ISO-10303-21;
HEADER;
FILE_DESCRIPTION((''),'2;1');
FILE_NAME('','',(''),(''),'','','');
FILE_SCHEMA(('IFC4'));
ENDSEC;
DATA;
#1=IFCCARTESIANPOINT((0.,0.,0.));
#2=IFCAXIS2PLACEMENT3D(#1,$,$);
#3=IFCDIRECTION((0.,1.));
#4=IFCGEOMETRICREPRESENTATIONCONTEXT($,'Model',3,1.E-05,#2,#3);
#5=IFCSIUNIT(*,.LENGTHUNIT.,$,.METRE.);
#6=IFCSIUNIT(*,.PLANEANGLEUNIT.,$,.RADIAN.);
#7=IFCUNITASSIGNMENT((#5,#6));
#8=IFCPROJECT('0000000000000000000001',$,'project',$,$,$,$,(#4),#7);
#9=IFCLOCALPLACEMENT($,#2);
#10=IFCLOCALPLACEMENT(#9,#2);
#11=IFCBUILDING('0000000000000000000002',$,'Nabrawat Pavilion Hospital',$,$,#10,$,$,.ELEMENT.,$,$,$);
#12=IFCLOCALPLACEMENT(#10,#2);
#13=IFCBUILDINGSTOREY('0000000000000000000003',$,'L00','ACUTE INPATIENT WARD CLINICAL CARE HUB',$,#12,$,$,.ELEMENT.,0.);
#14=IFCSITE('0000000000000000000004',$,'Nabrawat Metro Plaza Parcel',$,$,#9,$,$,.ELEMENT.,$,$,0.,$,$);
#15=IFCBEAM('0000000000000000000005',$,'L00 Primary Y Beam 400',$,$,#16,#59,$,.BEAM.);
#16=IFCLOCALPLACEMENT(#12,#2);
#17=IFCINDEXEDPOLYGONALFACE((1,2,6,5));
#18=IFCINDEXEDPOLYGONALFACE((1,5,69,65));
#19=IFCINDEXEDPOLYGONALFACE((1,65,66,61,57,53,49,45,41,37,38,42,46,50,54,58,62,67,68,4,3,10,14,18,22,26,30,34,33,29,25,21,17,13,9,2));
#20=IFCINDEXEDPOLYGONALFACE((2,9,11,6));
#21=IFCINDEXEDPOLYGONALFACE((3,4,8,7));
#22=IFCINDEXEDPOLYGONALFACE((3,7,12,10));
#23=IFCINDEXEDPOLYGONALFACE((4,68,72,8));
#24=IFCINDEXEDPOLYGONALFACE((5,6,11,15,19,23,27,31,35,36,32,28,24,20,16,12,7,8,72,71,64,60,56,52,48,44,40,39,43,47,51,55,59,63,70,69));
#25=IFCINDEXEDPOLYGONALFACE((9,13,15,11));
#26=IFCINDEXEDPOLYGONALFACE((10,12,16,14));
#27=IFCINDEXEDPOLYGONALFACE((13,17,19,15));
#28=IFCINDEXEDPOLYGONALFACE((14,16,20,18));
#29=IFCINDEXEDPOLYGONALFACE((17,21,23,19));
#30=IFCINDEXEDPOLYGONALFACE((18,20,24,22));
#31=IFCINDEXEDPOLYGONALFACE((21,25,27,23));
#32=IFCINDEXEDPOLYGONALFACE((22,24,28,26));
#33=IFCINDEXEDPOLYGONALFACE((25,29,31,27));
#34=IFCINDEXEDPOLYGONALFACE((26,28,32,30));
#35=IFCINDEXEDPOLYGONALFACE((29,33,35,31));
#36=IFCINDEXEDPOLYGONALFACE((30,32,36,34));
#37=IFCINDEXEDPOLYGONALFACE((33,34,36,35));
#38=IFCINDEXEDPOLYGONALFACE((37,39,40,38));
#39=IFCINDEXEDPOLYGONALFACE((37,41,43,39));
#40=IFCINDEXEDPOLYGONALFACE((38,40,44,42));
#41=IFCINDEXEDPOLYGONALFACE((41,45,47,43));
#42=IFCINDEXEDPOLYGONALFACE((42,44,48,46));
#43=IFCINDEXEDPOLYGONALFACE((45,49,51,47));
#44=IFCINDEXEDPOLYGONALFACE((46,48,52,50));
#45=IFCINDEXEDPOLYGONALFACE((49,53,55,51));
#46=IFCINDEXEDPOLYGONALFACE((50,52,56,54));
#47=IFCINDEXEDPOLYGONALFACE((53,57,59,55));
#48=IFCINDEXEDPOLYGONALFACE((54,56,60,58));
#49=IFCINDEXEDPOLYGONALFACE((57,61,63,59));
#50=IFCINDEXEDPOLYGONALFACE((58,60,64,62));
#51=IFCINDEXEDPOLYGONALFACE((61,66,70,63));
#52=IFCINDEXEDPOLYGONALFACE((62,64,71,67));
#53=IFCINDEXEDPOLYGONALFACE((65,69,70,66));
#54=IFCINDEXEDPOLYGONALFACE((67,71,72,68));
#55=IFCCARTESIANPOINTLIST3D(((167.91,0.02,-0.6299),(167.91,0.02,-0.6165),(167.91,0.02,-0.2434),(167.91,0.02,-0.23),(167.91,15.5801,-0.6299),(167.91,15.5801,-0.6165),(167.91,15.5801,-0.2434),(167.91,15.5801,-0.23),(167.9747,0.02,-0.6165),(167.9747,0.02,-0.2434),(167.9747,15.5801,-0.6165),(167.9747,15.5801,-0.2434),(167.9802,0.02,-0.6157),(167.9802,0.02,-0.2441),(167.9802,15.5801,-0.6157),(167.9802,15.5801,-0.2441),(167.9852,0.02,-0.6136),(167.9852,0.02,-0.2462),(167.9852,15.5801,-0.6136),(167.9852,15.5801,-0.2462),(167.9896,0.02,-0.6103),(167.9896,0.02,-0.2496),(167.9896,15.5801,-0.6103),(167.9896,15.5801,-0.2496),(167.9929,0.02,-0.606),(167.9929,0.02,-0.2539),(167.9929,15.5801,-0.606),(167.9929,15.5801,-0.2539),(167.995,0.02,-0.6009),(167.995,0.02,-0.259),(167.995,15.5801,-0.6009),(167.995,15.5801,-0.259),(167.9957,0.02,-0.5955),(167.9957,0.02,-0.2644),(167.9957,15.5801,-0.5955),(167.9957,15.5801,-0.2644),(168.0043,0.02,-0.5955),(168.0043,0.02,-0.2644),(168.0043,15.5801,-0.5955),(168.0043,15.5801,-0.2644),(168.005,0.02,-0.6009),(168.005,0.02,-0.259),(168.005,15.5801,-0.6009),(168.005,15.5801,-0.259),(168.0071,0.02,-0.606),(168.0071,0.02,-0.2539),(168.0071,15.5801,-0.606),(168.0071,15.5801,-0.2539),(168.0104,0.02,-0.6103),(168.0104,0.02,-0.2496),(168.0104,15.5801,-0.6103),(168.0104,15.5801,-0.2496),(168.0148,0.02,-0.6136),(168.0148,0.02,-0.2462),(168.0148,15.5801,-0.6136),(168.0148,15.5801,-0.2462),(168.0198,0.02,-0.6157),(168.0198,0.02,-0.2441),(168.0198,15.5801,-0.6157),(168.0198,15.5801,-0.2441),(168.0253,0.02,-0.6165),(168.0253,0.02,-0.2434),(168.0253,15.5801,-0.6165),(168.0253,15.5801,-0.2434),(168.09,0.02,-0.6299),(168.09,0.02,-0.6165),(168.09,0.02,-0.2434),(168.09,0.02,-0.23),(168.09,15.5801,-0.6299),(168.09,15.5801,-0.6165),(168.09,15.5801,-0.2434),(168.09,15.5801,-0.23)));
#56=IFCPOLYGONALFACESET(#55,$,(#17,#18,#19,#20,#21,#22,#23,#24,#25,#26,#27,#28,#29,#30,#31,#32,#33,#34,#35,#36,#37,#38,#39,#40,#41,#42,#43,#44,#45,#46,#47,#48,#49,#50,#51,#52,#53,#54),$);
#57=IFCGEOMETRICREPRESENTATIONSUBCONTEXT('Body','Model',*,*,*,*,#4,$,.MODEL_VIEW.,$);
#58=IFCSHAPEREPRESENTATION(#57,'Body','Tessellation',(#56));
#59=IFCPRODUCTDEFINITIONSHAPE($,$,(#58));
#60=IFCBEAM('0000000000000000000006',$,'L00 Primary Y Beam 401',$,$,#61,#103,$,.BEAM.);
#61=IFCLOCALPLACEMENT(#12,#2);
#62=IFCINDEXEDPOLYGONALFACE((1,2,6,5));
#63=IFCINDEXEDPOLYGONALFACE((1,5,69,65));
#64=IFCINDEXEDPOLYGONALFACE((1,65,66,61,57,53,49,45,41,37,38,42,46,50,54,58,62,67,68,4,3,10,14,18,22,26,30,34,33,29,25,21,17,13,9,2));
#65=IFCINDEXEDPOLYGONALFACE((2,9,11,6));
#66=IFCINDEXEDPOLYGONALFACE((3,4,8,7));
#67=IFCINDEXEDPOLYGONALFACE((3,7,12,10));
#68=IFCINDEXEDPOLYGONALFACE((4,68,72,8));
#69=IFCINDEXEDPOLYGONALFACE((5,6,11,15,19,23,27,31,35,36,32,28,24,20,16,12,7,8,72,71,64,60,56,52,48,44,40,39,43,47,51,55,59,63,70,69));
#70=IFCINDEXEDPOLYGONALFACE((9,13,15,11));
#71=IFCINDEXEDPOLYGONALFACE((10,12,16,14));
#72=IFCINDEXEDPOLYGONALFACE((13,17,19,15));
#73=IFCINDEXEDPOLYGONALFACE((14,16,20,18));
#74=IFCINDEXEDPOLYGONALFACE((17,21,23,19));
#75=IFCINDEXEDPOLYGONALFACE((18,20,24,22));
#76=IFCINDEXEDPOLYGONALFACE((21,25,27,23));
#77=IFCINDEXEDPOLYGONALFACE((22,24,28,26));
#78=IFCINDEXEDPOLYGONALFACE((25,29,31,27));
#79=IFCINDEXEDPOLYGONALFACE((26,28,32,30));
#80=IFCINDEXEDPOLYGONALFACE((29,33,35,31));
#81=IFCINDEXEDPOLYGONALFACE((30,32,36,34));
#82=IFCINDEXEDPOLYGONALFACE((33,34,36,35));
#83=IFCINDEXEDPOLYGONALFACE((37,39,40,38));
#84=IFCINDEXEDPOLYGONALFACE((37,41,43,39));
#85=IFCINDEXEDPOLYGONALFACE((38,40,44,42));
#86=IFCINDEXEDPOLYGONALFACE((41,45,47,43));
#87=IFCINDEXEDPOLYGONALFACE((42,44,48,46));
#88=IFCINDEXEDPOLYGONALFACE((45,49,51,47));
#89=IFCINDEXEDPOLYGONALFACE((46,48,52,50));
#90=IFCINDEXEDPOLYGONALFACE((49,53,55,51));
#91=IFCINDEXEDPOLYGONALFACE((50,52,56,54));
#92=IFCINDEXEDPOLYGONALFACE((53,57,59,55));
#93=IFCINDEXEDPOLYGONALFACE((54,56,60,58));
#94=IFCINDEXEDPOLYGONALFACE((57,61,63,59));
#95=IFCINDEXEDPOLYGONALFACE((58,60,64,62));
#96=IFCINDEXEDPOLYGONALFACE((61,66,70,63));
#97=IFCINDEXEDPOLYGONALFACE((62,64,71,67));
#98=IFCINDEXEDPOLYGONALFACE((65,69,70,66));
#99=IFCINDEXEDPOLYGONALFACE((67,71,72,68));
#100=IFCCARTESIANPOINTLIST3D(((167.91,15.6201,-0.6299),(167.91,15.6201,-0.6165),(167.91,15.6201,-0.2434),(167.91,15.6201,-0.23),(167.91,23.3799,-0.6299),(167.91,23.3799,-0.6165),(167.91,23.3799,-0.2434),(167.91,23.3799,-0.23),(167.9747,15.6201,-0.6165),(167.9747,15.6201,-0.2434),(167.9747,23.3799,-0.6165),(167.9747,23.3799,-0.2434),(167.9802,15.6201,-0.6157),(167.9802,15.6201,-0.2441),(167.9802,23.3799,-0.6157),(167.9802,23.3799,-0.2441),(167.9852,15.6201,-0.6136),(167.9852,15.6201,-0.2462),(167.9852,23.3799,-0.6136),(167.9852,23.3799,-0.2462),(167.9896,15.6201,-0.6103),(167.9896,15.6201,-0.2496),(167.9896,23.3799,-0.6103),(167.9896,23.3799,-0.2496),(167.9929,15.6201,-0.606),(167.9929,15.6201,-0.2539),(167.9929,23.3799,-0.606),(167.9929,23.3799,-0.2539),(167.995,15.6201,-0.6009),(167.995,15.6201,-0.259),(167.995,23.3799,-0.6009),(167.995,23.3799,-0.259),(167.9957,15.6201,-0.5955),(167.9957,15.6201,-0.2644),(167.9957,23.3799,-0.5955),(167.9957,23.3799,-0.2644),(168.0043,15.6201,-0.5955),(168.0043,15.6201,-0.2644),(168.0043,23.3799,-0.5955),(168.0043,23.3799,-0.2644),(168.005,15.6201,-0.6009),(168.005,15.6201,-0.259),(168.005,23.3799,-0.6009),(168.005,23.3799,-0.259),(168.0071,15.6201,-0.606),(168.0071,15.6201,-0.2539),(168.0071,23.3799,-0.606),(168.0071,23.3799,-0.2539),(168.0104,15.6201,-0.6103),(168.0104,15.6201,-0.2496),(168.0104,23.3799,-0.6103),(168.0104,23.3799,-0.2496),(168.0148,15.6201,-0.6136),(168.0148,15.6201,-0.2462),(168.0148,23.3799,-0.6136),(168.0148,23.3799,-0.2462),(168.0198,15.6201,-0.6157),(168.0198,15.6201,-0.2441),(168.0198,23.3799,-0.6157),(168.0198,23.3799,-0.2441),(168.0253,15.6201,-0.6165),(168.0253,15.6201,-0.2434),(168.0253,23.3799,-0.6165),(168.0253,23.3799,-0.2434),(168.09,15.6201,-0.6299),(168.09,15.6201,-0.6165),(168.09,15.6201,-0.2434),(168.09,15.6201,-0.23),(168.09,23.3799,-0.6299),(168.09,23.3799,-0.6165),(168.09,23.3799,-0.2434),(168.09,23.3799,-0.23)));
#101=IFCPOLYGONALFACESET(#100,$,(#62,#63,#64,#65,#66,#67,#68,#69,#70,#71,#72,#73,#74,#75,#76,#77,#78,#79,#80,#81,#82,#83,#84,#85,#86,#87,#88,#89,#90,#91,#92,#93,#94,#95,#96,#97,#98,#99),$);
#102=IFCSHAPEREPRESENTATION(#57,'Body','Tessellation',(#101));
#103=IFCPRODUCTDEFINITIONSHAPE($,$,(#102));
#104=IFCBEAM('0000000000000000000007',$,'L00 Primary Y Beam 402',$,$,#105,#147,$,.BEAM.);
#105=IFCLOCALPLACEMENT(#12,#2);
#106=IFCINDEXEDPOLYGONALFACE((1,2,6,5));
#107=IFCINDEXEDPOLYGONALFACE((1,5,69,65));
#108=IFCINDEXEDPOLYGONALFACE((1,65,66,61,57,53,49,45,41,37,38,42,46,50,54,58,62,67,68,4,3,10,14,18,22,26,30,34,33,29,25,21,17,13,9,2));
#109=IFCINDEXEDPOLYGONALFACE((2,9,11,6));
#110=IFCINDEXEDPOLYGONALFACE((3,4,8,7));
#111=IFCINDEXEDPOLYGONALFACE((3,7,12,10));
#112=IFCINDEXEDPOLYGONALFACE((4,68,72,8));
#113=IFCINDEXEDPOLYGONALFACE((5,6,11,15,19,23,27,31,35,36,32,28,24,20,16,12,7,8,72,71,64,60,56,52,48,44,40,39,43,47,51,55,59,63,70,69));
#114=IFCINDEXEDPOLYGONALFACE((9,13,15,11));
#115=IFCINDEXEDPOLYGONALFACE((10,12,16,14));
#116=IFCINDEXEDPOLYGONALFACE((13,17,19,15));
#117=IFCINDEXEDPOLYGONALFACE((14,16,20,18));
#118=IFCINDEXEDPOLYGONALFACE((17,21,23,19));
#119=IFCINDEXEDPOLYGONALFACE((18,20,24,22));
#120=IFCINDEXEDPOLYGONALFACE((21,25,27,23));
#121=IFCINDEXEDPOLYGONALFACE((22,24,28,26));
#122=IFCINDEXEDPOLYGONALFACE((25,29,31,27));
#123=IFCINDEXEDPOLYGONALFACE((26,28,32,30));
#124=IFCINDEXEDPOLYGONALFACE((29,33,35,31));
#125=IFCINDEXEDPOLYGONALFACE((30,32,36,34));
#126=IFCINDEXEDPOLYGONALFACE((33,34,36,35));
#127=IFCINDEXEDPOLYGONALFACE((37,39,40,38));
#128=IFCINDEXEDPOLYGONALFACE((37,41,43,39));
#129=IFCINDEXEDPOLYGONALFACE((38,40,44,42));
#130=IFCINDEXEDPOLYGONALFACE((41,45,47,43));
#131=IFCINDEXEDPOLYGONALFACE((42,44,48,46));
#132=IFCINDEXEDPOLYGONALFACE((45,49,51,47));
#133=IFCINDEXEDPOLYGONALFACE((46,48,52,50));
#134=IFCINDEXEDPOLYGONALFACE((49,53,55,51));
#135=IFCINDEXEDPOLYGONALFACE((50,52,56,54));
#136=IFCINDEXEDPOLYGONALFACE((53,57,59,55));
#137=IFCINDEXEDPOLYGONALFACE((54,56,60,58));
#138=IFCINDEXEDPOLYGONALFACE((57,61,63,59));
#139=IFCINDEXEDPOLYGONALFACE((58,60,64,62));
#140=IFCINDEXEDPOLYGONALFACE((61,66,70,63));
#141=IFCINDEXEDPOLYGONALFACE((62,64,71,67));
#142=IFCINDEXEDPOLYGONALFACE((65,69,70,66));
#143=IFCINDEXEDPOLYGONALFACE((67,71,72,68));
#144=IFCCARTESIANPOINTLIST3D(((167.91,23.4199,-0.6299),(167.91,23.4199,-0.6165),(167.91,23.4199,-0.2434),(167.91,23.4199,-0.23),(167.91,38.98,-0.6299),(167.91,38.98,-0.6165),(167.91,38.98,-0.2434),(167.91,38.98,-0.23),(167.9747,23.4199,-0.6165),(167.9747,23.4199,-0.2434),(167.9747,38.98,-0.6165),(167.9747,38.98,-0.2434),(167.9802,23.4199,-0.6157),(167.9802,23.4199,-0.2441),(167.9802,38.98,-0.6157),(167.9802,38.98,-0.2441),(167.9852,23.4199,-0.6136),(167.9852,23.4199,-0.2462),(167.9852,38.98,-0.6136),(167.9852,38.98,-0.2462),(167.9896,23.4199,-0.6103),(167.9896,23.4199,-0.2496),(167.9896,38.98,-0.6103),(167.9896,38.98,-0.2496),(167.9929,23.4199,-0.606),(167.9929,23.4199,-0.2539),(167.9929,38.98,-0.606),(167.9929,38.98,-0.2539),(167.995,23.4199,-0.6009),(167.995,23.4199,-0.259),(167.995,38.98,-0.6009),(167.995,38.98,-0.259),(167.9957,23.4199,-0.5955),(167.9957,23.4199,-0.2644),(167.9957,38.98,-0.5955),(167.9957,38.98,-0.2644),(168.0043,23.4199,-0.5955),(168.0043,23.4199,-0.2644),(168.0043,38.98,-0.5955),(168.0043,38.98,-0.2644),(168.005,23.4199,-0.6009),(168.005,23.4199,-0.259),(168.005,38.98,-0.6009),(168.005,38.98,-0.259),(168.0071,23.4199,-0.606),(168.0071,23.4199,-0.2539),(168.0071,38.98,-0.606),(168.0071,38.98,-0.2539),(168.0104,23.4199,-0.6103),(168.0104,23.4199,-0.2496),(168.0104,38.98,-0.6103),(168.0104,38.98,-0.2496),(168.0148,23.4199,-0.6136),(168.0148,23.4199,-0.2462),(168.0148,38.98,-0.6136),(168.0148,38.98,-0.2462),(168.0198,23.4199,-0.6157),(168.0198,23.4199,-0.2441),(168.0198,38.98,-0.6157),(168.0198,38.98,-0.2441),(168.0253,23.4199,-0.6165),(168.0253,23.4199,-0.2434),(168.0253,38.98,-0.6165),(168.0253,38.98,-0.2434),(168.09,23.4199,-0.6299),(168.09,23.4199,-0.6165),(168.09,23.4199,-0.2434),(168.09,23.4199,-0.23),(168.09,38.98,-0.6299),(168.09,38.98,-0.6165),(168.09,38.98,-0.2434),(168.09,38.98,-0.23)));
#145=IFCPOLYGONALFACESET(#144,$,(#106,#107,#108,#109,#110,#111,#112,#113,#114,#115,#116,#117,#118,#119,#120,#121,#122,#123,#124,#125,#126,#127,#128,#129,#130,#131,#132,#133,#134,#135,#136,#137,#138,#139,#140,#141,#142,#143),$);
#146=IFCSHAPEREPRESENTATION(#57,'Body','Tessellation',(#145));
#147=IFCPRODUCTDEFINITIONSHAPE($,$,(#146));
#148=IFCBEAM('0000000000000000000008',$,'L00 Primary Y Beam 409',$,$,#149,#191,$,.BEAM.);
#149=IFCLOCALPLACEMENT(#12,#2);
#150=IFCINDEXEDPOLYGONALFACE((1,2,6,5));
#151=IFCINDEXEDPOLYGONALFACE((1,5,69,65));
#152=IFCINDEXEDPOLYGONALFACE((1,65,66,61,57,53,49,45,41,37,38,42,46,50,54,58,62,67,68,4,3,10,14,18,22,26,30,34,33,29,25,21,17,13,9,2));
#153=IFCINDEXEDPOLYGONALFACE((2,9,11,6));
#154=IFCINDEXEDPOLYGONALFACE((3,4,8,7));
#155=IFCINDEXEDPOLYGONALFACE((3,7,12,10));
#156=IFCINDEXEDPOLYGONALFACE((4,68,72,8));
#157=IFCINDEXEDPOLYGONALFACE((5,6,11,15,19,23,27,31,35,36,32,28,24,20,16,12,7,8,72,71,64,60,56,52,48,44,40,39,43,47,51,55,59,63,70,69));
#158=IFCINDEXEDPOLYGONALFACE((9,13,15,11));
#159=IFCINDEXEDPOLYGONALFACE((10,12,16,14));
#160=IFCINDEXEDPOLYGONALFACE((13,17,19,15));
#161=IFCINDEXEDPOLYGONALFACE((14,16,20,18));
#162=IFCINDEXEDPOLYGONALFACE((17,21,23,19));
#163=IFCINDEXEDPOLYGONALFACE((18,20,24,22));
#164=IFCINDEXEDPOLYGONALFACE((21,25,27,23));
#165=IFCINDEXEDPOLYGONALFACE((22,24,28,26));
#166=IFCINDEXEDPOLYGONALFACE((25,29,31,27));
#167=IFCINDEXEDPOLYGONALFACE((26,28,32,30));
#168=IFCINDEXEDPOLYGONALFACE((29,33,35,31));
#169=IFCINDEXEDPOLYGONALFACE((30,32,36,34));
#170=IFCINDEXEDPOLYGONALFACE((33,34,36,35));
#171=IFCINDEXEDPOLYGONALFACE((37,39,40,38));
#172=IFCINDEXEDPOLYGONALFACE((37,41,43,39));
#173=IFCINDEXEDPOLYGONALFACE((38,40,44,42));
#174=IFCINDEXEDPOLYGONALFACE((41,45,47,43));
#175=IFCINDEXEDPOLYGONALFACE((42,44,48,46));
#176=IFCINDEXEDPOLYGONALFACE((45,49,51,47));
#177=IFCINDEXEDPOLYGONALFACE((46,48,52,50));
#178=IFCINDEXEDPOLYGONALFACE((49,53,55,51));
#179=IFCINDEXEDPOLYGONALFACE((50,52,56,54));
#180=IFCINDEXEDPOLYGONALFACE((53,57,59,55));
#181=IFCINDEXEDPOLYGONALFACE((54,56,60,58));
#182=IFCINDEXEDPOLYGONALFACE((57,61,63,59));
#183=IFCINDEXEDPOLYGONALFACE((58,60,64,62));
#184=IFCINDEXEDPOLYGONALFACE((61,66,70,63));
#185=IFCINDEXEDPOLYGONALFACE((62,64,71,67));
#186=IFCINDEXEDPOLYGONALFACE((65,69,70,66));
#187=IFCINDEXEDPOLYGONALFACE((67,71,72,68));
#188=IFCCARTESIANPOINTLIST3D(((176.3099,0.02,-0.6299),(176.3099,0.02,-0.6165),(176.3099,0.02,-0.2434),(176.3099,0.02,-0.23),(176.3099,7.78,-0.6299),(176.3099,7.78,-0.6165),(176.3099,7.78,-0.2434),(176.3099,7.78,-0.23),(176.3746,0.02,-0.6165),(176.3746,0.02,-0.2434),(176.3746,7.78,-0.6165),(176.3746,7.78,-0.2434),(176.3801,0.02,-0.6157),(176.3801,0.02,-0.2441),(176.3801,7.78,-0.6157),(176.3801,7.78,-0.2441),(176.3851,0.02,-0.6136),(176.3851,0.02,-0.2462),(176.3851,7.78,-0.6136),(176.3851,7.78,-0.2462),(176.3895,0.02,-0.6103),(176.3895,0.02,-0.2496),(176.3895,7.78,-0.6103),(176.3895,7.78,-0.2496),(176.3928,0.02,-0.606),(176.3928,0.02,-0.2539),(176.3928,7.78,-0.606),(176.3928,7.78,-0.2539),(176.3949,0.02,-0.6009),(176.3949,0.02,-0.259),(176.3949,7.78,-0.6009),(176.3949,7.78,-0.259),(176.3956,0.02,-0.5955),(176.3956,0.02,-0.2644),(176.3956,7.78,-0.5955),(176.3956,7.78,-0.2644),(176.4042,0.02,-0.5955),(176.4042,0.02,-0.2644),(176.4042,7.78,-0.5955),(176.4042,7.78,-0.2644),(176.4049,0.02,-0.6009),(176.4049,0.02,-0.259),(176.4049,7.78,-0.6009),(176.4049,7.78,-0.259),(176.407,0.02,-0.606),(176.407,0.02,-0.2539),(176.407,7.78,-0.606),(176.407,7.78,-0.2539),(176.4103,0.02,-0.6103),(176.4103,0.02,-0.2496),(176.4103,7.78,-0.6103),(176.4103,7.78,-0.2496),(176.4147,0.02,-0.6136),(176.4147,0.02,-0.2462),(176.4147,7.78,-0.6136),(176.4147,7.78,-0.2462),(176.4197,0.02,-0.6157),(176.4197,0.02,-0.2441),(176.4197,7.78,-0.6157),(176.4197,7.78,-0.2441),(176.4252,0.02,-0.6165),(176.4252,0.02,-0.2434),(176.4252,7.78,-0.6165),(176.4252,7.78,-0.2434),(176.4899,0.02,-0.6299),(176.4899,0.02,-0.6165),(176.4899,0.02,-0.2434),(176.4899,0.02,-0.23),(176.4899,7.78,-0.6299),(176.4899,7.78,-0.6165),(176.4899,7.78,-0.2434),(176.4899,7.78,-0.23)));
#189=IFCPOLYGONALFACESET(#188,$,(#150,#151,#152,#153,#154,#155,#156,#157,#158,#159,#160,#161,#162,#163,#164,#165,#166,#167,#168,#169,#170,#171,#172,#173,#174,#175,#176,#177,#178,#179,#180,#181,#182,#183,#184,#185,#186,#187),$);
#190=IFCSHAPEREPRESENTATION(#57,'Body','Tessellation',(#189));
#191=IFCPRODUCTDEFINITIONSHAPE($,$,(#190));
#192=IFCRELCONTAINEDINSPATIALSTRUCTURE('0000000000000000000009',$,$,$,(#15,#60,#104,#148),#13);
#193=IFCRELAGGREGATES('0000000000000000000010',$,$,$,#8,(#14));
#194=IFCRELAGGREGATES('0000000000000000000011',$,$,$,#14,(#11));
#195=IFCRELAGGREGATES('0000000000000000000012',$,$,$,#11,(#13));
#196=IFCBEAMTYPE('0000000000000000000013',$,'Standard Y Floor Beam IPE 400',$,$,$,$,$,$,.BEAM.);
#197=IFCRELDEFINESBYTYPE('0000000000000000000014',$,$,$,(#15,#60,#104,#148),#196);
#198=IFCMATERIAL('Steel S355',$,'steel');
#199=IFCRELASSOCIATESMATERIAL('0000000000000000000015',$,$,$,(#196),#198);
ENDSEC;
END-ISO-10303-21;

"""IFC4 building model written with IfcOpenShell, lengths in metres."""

from ifc_helpers import new_model, si_unit, direction, frame, origin, origin_2d, place, context, subcontext, project, spatial, i_section, extrude, material, material_profile, profile_set, type_object, element, save


model = new_model("IFC4")

# Units and contexts
model_context = context("Model", 3, precision=1e-05, world=origin(), true_north=direction((0.0, 1.0)))
body_context = subcontext(model_context, "Body", "Model", "MODEL_VIEW")
ifc_project = project(units=[si_unit("LENGTHUNIT", "METRE"), si_unit("PLANEANGLEUNIT", "RADIAN")], contexts=[model_context])

# Site, building, storey
site_placement = place(None, origin())
site = spatial("IfcSite", under=ifc_project, at=site_placement, Name="Nabrawat Metro Plaza Parcel", CompositionType="ELEMENT", RefElevation=0.0)
building_placement = place(site_placement, origin())
building = spatial("IfcBuilding", under=site, at=building_placement, Name="Nabrawat Pavilion Hospital", CompositionType="ELEMENT")
storey_placement = place(building_placement, origin())
storey = spatial("IfcBuildingStorey", under=building, at=storey_placement, Name="L00", Description="ACUTE INPATIENT WARD CLINICAL CARE HUB", CompositionType="ELEMENT", Elevation=0.0)

# Beams
ifc_material_1 = material(Name="Steel S355", Category="steel")
ifc_material_profile_1 = material_profile(ifc_material_1, i_section(OverallWidth=0.1799, OverallDepth=0.3999, WebThickness=0.0085, FlangeThickness=0.0134, FilletRadius=0.021, at=origin_2d()), Name="IPE 400")
ifc_profile_set_1 = profile_set([ifc_material_profile_1], Name="Steel S355")
beam_type_1 = type_object("IfcBeamType", Name="Standard Y Floor Beam IPE 400", PredefinedType="BEAM", material=ifc_profile_set_1)
beam_1_placement = place(storey_placement, frame((168.0, 0.02, -0.4299), z_axis=(0.0, 1.0, 0.0), x_axis=(-1.0, 0.0, 0.0)))
element("IfcBeam", 1, at=beam_1_placement, inside=storey, type_object=beam_type_1, Name="L00 Primary Y Beam 400", PredefinedType="BEAM", context=body_context, shape_type="SweptSolid", body=[
    extrude(i_section(OverallWidth=0.1799, OverallDepth=0.3999, WebThickness=0.0085, FlangeThickness=0.0134, FilletRadius=0.021, at=origin_2d()), origin(), (0.0, 0.0, 1.0), 15.5601),
])
beam_2_placement = place(storey_placement, frame((168.0, 15.6201, -0.4299), z_axis=(0.0, 1.0, 0.0), x_axis=(-1.0, 0.0, 0.0)))
element("IfcBeam", 2, at=beam_2_placement, inside=storey, type_object=beam_type_1, Name="L00 Primary Y Beam 401", PredefinedType="BEAM", context=body_context, shape_type="SweptSolid", body=[
    extrude(i_section(OverallWidth=0.1799, OverallDepth=0.3999, WebThickness=0.0085, FlangeThickness=0.0134, FilletRadius=0.021, at=origin_2d()), origin(), (0.0, 0.0, 1.0), 7.7598),
])
beam_3_placement = place(storey_placement, frame((168.0, 23.4199, -0.4299), z_axis=(0.0, 1.0, 0.0), x_axis=(-1.0, 0.0, 0.0)))
element("IfcBeam", 3, at=beam_3_placement, inside=storey, type_object=beam_type_1, Name="L00 Primary Y Beam 402", PredefinedType="BEAM", context=body_context, shape_type="SweptSolid", body=[
    extrude(i_section(OverallWidth=0.1799, OverallDepth=0.3999, WebThickness=0.0085, FlangeThickness=0.0134, FilletRadius=0.021, at=origin_2d()), origin(), (0.0, 0.0, 1.0), 15.5601),
])
for number, where, z_axis, x_axis, name in (
    (4, (176.3999, 0.02, -0.4299), (0.0, 1.0, 0.0), (-1.0, 0.0, 0.0), "L00 Primary Y Beam 409"),
):
    element("IfcBeam", number, at=place(storey_placement, frame(where, z_axis=z_axis, x_axis=x_axis)), inside=storey, type_object=beam_type_1, Name=name, PredefinedType="BEAM", context=body_context, shape_type="SweptSolid", body=[
        extrude(i_section(OverallWidth=0.1799, OverallDepth=0.3999, WebThickness=0.0085, FlangeThickness=0.0134, FilletRadius=0.021, at=origin_2d()), origin(), (0.0, 0.0, 1.0), 7.76),
    ])

save(model, "model.ifc")
